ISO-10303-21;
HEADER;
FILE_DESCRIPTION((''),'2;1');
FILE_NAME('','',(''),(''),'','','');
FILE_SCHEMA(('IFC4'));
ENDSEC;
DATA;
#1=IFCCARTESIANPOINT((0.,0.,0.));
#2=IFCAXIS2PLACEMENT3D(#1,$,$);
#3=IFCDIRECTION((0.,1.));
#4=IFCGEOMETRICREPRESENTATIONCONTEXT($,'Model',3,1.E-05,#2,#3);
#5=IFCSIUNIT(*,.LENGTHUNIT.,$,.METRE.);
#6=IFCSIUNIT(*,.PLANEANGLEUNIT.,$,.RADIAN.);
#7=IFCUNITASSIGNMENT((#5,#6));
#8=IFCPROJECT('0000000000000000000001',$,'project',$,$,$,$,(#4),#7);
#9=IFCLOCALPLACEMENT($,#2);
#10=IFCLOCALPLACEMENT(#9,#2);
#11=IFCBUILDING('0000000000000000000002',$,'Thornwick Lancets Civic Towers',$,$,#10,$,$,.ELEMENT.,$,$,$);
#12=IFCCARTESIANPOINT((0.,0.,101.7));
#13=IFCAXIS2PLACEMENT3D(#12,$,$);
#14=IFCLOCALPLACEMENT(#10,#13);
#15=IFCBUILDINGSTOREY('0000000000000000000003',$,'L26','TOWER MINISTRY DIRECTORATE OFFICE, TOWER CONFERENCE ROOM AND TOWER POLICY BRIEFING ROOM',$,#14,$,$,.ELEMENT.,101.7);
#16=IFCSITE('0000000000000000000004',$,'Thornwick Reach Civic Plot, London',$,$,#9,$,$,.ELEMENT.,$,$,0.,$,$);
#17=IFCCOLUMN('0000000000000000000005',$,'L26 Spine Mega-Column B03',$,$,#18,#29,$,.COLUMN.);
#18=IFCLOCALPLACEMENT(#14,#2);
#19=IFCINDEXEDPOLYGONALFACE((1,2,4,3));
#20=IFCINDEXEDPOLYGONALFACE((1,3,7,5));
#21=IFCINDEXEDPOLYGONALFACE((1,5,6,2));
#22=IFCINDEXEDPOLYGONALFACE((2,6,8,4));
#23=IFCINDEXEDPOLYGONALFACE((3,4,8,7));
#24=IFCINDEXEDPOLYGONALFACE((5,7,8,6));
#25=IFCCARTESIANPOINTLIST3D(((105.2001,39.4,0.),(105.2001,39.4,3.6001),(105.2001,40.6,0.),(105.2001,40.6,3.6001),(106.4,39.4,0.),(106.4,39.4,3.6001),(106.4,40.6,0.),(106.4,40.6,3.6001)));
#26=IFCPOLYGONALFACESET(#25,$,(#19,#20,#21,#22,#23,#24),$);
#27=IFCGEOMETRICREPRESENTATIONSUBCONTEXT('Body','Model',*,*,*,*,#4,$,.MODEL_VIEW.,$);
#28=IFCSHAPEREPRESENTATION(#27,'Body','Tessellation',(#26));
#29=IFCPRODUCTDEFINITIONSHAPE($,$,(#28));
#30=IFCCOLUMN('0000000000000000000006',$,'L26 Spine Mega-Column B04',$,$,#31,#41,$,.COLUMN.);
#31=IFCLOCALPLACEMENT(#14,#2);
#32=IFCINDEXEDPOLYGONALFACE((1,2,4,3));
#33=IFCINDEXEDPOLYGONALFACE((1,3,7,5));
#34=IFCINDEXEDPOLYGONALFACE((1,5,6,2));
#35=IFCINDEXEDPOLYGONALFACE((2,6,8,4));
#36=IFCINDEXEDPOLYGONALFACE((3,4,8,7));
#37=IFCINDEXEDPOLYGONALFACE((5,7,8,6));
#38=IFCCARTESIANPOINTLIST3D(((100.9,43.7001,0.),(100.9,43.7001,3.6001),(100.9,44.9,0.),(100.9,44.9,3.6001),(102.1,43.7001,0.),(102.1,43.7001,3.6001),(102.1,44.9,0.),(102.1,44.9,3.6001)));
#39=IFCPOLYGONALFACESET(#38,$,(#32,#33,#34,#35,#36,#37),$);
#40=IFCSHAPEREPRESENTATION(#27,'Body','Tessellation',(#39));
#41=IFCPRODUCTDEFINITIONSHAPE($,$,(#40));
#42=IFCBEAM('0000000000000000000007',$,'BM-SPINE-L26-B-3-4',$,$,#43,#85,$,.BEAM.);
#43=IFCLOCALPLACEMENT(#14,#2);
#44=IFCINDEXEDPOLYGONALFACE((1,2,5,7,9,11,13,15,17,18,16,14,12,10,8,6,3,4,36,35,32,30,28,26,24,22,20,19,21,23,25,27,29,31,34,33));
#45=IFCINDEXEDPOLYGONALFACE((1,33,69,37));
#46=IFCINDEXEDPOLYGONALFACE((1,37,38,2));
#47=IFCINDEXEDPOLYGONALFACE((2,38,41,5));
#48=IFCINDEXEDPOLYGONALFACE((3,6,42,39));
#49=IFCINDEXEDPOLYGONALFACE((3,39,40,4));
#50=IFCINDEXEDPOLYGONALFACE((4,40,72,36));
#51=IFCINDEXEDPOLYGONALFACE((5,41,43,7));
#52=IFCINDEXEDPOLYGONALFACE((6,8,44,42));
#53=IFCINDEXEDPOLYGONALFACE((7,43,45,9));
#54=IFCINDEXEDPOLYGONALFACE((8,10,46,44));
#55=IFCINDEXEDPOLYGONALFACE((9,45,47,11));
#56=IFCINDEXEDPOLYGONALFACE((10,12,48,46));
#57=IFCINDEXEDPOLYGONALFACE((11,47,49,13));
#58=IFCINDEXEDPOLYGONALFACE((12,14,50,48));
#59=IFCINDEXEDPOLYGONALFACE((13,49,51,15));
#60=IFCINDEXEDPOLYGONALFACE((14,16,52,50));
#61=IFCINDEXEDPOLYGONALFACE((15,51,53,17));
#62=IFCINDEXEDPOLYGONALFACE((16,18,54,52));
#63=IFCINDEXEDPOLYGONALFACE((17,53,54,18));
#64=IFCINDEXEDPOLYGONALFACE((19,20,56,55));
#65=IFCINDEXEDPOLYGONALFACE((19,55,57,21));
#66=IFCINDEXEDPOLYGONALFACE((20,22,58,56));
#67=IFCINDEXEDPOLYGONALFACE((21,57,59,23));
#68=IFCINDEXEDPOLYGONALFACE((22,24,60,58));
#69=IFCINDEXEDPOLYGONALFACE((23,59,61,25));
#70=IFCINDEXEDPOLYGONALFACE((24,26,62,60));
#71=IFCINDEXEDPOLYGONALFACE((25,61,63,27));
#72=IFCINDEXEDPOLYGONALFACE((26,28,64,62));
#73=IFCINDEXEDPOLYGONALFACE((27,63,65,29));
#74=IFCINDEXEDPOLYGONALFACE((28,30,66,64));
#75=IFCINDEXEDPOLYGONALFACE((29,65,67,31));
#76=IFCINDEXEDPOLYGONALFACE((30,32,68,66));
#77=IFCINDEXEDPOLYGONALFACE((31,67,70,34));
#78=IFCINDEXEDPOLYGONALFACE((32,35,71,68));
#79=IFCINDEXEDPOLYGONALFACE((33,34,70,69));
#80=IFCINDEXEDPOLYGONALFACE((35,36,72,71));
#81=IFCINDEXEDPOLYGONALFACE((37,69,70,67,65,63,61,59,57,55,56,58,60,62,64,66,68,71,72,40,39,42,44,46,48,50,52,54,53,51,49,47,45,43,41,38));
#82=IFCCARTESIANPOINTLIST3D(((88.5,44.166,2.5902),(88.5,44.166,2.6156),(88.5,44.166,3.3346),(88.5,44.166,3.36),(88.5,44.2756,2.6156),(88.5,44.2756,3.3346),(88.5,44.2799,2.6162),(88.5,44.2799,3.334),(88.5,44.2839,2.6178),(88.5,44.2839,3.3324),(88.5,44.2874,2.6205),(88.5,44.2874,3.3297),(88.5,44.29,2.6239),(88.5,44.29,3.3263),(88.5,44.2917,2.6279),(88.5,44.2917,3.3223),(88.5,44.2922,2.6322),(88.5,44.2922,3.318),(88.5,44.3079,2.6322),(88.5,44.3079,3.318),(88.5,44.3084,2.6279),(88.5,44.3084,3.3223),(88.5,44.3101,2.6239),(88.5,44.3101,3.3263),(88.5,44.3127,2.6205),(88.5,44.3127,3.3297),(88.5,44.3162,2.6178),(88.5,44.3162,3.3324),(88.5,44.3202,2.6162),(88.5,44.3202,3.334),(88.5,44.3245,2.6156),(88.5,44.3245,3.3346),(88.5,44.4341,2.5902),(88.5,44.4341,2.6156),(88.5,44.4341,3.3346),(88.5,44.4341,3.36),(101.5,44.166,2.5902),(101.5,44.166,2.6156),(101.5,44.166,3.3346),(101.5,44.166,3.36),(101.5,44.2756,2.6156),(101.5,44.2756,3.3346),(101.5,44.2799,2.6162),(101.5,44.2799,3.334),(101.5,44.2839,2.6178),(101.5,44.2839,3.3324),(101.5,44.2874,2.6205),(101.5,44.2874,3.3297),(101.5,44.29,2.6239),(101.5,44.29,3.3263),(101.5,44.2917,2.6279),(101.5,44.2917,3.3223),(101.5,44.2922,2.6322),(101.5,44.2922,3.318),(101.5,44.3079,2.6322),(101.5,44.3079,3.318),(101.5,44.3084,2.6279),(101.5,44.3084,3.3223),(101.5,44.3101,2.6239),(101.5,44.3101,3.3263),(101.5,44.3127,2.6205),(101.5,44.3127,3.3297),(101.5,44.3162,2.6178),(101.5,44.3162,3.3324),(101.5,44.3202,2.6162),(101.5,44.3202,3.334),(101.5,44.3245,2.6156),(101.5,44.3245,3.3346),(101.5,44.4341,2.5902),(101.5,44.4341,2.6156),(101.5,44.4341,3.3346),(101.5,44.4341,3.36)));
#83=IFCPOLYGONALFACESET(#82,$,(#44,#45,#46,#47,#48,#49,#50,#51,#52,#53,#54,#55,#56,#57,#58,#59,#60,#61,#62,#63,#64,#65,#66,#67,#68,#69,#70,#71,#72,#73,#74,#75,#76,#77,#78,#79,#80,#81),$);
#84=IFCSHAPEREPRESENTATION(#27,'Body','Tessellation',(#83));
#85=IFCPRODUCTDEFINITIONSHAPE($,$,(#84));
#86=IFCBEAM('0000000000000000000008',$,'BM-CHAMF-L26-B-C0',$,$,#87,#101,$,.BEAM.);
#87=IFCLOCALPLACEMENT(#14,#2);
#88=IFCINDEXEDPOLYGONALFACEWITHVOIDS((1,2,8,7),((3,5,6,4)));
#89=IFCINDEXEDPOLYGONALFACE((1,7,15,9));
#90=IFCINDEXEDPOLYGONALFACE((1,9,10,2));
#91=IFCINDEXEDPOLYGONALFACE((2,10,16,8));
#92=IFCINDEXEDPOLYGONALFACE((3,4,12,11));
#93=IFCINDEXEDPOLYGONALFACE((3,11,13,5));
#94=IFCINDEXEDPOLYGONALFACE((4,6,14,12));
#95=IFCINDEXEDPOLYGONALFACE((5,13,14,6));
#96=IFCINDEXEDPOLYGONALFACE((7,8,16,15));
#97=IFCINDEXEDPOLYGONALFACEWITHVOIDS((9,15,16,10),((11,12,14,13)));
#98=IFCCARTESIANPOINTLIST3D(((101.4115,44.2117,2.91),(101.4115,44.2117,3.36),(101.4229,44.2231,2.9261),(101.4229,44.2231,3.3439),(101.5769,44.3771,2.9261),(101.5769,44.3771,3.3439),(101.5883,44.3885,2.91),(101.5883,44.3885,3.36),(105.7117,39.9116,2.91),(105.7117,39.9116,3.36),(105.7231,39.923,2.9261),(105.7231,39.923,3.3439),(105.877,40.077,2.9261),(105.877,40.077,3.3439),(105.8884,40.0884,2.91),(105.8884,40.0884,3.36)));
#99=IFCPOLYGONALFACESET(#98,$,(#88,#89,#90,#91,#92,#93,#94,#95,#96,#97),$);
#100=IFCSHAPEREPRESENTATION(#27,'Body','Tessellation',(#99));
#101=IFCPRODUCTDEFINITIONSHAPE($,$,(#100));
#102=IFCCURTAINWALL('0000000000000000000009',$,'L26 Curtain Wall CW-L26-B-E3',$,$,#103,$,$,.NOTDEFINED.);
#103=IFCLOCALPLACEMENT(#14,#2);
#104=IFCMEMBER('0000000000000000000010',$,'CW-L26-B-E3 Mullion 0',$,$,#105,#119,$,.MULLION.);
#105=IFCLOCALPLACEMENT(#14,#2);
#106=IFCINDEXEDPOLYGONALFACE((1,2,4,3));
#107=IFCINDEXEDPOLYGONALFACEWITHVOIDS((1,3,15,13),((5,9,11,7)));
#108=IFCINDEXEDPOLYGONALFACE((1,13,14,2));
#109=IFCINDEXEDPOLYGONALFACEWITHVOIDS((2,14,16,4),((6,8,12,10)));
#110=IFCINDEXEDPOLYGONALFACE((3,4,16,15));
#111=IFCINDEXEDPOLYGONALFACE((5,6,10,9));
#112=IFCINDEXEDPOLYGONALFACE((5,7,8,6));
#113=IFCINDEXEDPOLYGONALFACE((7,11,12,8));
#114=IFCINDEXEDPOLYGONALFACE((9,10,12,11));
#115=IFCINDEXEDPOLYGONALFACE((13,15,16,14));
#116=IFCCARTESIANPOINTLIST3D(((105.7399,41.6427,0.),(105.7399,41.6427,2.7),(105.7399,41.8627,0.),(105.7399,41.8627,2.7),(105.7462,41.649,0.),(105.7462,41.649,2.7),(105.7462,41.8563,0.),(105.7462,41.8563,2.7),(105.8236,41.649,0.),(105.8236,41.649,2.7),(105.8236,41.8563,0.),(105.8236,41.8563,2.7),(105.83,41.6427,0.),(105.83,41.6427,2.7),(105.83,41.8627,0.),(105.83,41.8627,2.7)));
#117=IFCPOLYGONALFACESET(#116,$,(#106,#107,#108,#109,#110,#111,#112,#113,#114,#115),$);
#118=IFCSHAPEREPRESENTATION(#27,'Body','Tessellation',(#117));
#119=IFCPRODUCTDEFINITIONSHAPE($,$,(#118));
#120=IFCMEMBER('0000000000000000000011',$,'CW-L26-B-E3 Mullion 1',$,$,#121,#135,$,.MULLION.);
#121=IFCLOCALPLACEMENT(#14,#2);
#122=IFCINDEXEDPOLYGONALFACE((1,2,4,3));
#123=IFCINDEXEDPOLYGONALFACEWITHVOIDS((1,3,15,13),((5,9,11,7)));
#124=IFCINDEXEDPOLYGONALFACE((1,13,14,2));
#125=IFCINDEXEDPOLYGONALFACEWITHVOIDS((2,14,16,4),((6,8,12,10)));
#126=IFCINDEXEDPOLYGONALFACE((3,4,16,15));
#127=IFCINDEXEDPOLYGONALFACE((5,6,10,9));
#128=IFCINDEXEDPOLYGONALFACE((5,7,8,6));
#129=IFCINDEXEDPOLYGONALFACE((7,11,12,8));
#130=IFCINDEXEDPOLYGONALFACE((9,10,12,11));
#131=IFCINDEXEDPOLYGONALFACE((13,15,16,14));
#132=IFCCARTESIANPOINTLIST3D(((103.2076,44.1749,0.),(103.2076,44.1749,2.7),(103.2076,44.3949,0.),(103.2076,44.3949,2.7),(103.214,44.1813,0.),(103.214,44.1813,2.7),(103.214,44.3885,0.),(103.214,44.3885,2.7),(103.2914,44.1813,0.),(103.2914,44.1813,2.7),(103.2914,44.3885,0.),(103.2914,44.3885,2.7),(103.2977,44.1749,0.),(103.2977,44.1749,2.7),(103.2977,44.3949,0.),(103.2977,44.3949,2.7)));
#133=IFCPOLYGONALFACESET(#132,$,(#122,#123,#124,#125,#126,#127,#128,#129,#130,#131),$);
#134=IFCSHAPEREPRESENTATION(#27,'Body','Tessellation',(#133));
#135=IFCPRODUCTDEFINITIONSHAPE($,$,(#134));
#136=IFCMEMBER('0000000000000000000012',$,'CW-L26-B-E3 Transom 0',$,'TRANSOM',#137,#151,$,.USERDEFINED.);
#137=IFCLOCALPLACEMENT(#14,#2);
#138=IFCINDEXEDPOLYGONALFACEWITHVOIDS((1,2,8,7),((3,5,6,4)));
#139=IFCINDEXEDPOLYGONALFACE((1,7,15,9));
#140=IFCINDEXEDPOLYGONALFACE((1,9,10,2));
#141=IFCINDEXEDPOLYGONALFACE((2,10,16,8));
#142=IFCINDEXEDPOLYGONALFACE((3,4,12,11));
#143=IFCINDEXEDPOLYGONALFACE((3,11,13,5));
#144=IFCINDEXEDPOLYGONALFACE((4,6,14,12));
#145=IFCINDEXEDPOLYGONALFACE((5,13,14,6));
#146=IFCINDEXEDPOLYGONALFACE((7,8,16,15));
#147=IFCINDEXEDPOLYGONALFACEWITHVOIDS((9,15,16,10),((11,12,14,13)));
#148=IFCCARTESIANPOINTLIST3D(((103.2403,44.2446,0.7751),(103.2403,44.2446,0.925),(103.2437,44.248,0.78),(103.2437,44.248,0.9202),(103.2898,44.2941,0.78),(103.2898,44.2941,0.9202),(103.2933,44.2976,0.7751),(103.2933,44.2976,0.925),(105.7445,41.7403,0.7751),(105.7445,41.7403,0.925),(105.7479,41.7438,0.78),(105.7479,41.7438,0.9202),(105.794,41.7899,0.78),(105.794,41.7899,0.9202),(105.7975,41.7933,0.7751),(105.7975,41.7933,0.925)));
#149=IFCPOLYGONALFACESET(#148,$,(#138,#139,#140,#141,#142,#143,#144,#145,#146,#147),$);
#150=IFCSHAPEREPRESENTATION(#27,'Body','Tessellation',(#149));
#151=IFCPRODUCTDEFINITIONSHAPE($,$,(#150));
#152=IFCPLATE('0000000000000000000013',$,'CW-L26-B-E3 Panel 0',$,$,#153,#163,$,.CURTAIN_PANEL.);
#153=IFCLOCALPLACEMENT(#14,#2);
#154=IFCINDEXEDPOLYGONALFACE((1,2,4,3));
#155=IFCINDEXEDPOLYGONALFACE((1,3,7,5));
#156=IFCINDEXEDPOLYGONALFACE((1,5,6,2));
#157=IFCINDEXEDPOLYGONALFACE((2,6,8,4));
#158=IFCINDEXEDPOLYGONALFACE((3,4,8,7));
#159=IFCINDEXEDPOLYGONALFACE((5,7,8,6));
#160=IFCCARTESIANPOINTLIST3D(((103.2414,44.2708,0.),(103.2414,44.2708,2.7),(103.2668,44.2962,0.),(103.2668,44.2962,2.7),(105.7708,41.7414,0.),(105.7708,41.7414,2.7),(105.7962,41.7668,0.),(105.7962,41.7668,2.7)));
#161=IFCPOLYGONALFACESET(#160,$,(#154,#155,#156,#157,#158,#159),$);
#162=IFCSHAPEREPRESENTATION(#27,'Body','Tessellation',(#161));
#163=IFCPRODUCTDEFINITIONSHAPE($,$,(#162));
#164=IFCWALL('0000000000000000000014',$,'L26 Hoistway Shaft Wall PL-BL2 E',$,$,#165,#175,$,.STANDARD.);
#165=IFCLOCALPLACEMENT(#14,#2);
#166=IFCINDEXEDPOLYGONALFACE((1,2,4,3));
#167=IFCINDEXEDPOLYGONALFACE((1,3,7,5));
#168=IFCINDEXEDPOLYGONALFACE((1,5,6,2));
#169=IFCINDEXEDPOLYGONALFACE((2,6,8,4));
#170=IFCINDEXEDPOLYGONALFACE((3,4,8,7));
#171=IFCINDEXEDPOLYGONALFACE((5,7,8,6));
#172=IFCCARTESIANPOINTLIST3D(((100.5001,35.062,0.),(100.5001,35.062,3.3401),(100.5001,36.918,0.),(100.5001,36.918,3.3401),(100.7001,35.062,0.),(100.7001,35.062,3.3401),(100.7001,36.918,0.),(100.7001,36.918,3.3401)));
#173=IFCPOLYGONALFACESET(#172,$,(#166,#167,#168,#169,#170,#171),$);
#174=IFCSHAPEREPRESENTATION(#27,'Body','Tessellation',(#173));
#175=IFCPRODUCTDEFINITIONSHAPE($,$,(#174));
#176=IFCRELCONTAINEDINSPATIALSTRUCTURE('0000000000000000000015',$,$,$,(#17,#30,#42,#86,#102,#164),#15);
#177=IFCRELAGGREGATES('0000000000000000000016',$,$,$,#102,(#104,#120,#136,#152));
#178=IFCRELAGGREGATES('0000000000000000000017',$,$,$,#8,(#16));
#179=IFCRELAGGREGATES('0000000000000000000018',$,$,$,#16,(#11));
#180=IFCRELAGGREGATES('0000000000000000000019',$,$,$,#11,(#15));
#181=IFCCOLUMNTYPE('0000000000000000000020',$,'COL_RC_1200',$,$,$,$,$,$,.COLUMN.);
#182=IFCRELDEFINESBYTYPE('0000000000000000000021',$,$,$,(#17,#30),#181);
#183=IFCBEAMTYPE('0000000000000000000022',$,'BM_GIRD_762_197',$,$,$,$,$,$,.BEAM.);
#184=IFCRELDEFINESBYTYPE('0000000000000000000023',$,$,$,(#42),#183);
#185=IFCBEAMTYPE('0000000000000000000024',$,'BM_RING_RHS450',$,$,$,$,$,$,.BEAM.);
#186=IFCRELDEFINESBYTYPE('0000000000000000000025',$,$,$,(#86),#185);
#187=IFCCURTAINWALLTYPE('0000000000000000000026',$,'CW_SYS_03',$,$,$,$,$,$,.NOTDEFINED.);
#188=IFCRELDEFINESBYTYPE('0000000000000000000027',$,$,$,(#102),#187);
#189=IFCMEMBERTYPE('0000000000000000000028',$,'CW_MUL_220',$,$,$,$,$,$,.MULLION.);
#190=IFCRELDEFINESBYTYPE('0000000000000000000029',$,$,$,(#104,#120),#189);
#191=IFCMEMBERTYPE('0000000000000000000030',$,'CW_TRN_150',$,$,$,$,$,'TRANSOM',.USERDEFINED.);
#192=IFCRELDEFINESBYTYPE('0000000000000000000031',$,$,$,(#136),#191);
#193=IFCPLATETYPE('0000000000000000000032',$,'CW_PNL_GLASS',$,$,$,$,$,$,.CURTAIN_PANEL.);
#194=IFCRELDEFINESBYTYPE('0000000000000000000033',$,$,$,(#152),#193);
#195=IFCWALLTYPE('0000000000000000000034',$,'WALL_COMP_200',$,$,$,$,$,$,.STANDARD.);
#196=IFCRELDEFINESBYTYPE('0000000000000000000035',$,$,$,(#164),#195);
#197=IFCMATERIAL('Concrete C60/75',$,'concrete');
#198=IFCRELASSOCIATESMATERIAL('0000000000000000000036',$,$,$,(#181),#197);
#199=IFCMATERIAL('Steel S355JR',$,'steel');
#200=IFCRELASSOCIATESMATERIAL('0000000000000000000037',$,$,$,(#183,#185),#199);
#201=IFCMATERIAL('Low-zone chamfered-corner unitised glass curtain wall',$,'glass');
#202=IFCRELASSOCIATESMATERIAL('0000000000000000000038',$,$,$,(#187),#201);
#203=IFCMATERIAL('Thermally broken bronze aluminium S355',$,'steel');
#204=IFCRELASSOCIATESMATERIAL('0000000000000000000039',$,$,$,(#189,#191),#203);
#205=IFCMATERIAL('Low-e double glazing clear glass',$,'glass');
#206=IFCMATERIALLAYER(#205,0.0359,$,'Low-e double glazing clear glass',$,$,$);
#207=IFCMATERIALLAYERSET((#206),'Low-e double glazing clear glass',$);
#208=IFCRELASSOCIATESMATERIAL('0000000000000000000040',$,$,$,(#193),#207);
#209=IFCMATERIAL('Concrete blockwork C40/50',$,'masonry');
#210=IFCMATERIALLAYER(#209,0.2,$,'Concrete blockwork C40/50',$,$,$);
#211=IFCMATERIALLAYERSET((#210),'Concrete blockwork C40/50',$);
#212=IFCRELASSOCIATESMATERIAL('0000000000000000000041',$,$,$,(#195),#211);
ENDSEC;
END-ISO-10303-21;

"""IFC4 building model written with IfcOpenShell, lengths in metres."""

from ifc_helpers import new_model, si_unit, direction, frame, frame_2d, origin, origin_2d, place, context, subcontext, project, spatial, rectangle, hollow_rectangle, i_section, extrude, material, layer, layer_set, material_profile, profile_set, type_object, element, aggregate, save


model = new_model("IFC4")

# Units and contexts
model_context = context("Model", 3, precision=1e-05, world=origin(), true_north=direction((0.0, 1.0)))
body_context = subcontext(model_context, "Body", "Model", "MODEL_VIEW")
ifc_project = project(units=[si_unit("LENGTHUNIT", "METRE"), si_unit("PLANEANGLEUNIT", "RADIAN")], contexts=[model_context])

# Site, building, storey
site_placement = place(None, origin())
site = spatial("IfcSite", under=ifc_project, at=site_placement, Name="Thornwick Reach Civic Plot, London", CompositionType="ELEMENT", RefElevation=0.0)
building_placement = place(site_placement, origin())
building = spatial("IfcBuilding", under=site, at=building_placement, Name="Thornwick Lancets Civic Towers", CompositionType="ELEMENT")
storey_placement = place(building_placement, frame((0.0, 0.0, 101.7)))
storey = spatial("IfcBuildingStorey", under=building, at=storey_placement, Name="L26", Description="TOWER MINISTRY DIRECTORATE OFFICE, TOWER CONFERENCE ROOM AND TOWER POLICY BRIEFING ROOM", CompositionType="ELEMENT", Elevation=101.7)

# Columns
ifc_material_1 = material(Name="Concrete C60/75", Category="concrete")
ifc_material_profile_1 = material_profile(ifc_material_1, rectangle(XDim=1.2, YDim=1.2, at=origin_2d()), Name="RC 1200x1200")
ifc_profile_set_1 = profile_set([ifc_material_profile_1], Name="Concrete C60/75")
column_type = type_object("IfcColumnType", Name="COL_RC_1200", PredefinedType="COLUMN", material=ifc_profile_set_1)
for number, where, z_axis, x_axis, name in (
    (1, (105.8, 40.0, 0.0), (0.0, 0.0, 1.0), (1.0, 0.0, 0.0), "L26 Spine Mega-Column B03"),
    (2, (101.5, 44.3, 0.0), (0.0, 0.0, 1.0), (1.0, 0.0, 0.0), "L26 Spine Mega-Column B04"),
):
    element("IfcColumn", number, at=place(storey_placement, frame(where, z_axis=z_axis, x_axis=x_axis)), inside=storey, type_object=column_type, Name=name, PredefinedType="COLUMN", context=body_context, shape_type="SweptSolid", body=[
        extrude(rectangle(XDim=1.2, YDim=1.2, at=origin_2d()), origin(), (0.0, 0.0, 1.0), 3.6001),
    ])

# Beams
ifc_material_2 = material(Name="Steel S355JR", Category="steel")
ifc_material_profile_2 = material_profile(ifc_material_2, i_section(OverallWidth=0.2681, OverallDepth=0.7698, WebThickness=0.0156, FlangeThickness=0.0254, FilletRadius=0.0166, at=origin_2d()), Name="UKB 762x267x197")
ifc_profile_set_2 = profile_set([ifc_material_profile_2], Name="Steel S355JR")
beam_type_1 = type_object("IfcBeamType", Name="BM_GIRD_762_197", PredefinedType="BEAM", material=ifc_profile_set_2)
beam_1_placement = place(storey_placement, frame((101.5, 44.3, 2.9751), z_axis=(-1.0, 0.0, 0.0), x_axis=(0.0, -1.0, 0.0)))
element("IfcBeam", 3, at=beam_1_placement, inside=storey, type_object=beam_type_1, Name="BM-SPINE-L26-B-3-4", PredefinedType="BEAM", context=body_context, shape_type="SweptSolid", body=[
    extrude(i_section(OverallWidth=0.2681, OverallDepth=0.7698, WebThickness=0.0156, FlangeThickness=0.0254, FilletRadius=0.0166, at=origin_2d()), origin(), (0.0, 0.0, 1.0), 13.0),
])
ifc_material_profile_3 = material_profile(ifc_material_2, hollow_rectangle(XDim=0.25, YDim=0.45, WallThickness=0.0161, at=origin_2d()), Name="RHS 450x250x16")
ifc_profile_set_3 = profile_set([ifc_material_profile_3], Name="Steel S355JR")
beam_type_2 = type_object("IfcBeamType", Name="BM_RING_RHS450", PredefinedType="BEAM", material=ifc_profile_set_3)
beam_2_placement = place(storey_placement, frame((105.8, 40.0, 3.135), z_axis=(-0.707107, 0.707107, 0.0), x_axis=(-0.707107, -0.707107, 0.0)))
element("IfcBeam", 4, at=beam_2_placement, inside=storey, type_object=beam_type_2, Name="BM-CHAMF-L26-B-C0", PredefinedType="BEAM", context=body_context, shape_type="SweptSolid", body=[
    extrude(hollow_rectangle(XDim=0.25, YDim=0.45, WallThickness=0.0161, at=origin_2d()), origin(), (0.0, 0.0, 1.0), 6.0813),
])

# Curtain wall, members, plate
ifc_material_3 = material(Name="Low-zone chamfered-corner unitised glass curtain wall", Category="glass")
curtain_wall_type = type_object("IfcCurtainWallType", Name="CW_SYS_03", PredefinedType="NOTDEFINED", material=ifc_material_3)
curtain_wall_placement = place(storey_placement, origin())
curtain_wall = element("IfcCurtainWall", 5, at=curtain_wall_placement, inside=storey, type_object=curtain_wall_type, Name="L26 Curtain Wall CW-L26-B-E3", PredefinedType="NOTDEFINED")
ifc_material_4 = material(Name="Thermally broken bronze aluminium S355", Category="steel")
ifc_material_profile_4 = material_profile(ifc_material_4, hollow_rectangle(XDim=0.0901, YDim=0.22, WallThickness=0.0063, at=origin_2d()), Name="RHS 220x90x6.3")
ifc_profile_set_4 = profile_set([ifc_material_profile_4], Name="Thermally broken bronze aluminium S355")
member_type_1 = type_object("IfcMemberType", Name="CW_MUL_220", PredefinedType="MULLION", material=ifc_profile_set_4)
member_1_placement = place(storey_placement, frame((105.7849, 41.7527, 0.0), z_axis=(0.0, 0.0, 1.0), x_axis=(1.0, 0.0, 0.0)))
member_1 = element("IfcMember", 6, at=member_1_placement, type_object=member_type_1, Name="CW-L26-B-E3 Mullion 0", PredefinedType="MULLION", context=body_context, shape_type="SweptSolid", body=[
    extrude(hollow_rectangle(XDim=0.0901, YDim=0.22, WallThickness=0.0063, at=origin_2d()), origin(), (0.0, 0.0, 1.0), 2.7),
])
member_2_placement = place(storey_placement, frame((103.2527, 44.2849, 0.0), z_axis=(0.0, 0.0, 1.0), x_axis=(1.0, 0.0, 0.0)))
member_2 = element("IfcMember", 7, at=member_2_placement, type_object=member_type_1, Name="CW-L26-B-E3 Mullion 1", PredefinedType="MULLION", context=body_context, shape_type="SweptSolid", body=[
    extrude(hollow_rectangle(XDim=0.0901, YDim=0.22, WallThickness=0.0063, at=origin_2d()), origin(), (0.0, 0.0, 1.0), 2.7),
])
ifc_material_profile_5 = material_profile(ifc_material_4, hollow_rectangle(XDim=0.075, YDim=0.1499, WallThickness=0.0049, at=origin_2d()), Name="RHS 150x75x5")
ifc_profile_set_5 = profile_set([ifc_material_profile_5], Name="Thermally broken bronze aluminium S355")
member_type_2 = type_object("IfcMemberType", Name="CW_TRN_150", ElementType="TRANSOM", PredefinedType="USERDEFINED", material=ifc_profile_set_5)
member_3_placement = place(storey_placement, frame((105.771, 41.7668, 0.8501), z_axis=(-0.707107, 0.707107, 0.0), x_axis=(-0.707107, -0.707107, 0.0)))
member_3 = element("IfcMember", 8, at=member_3_placement, type_object=member_type_2, Name="CW-L26-B-E3 Transom 0", ObjectType="TRANSOM", PredefinedType="USERDEFINED", context=body_context, shape_type="SweptSolid", body=[
    extrude(hollow_rectangle(XDim=0.075, YDim=0.1499, WallThickness=0.0049, at=origin_2d()), origin(), (0.0, 0.0, 1.0), 3.5415),
])
ifc_material_5 = material(Name="Low-e double glazing clear glass", Category="glass")
ifc_layer_1 = layer(ifc_material_5, 0.0359, Name="Low-e double glazing clear glass")
ifc_layer_set_1 = layer_set([ifc_layer_1], Name="Low-e double glazing clear glass")
plate_type = type_object("IfcPlateType", Name="CW_PNL_GLASS", PredefinedType="CURTAIN_PANEL", material=ifc_layer_set_1)
plate_placement = place(storey_placement, frame((104.5188, 43.0188, 0.0), z_axis=(0.0, 0.0, 1.0), x_axis=(-0.707107, 0.707107, 0.0)))
plate = element("IfcPlate", 9, at=plate_placement, type_object=plate_type, Name="CW-L26-B-E3 Panel 0", PredefinedType="CURTAIN_PANEL", context=body_context, shape_type="SweptSolid", body=[
    extrude(rectangle(XDim=3.5771, YDim=0.0359, at=origin_2d()), origin(), (0.0, 0.0, 1.0), 2.7),
])
aggregate(curtain_wall, [member_1, member_2, member_3, plate])

# Wall
ifc_material_6 = material(Name="Concrete blockwork C40/50", Category="masonry")
ifc_layer_2 = layer(ifc_material_6, 0.2, Name="Concrete blockwork C40/50")
ifc_layer_set_2 = layer_set([ifc_layer_2], Name="Concrete blockwork C40/50")
wall_type_1 = type_object("IfcWallType", Name="WALL_COMP_200", PredefinedType="STANDARD", material=ifc_layer_set_2)
wall_1_placement = place(storey_placement, frame((100.6001, 35.062, 0.0), z_axis=(0.0, 0.0, 1.0), x_axis=(0.0, 1.0, 0.0)))
element("IfcWall", 10, at=wall_1_placement, inside=storey, type_object=wall_type_1, Name="L26 Hoistway Shaft Wall PL-BL2 E", PredefinedType="STANDARD", context=body_context, shape_type="SweptSolid", body=[
    extrude(rectangle(XDim=1.856, YDim=0.2, at=frame_2d((0.928, 0.0))), origin(), (0.0, 0.0, 1.0), 3.3401),
])

save(model, "model.ifc")
